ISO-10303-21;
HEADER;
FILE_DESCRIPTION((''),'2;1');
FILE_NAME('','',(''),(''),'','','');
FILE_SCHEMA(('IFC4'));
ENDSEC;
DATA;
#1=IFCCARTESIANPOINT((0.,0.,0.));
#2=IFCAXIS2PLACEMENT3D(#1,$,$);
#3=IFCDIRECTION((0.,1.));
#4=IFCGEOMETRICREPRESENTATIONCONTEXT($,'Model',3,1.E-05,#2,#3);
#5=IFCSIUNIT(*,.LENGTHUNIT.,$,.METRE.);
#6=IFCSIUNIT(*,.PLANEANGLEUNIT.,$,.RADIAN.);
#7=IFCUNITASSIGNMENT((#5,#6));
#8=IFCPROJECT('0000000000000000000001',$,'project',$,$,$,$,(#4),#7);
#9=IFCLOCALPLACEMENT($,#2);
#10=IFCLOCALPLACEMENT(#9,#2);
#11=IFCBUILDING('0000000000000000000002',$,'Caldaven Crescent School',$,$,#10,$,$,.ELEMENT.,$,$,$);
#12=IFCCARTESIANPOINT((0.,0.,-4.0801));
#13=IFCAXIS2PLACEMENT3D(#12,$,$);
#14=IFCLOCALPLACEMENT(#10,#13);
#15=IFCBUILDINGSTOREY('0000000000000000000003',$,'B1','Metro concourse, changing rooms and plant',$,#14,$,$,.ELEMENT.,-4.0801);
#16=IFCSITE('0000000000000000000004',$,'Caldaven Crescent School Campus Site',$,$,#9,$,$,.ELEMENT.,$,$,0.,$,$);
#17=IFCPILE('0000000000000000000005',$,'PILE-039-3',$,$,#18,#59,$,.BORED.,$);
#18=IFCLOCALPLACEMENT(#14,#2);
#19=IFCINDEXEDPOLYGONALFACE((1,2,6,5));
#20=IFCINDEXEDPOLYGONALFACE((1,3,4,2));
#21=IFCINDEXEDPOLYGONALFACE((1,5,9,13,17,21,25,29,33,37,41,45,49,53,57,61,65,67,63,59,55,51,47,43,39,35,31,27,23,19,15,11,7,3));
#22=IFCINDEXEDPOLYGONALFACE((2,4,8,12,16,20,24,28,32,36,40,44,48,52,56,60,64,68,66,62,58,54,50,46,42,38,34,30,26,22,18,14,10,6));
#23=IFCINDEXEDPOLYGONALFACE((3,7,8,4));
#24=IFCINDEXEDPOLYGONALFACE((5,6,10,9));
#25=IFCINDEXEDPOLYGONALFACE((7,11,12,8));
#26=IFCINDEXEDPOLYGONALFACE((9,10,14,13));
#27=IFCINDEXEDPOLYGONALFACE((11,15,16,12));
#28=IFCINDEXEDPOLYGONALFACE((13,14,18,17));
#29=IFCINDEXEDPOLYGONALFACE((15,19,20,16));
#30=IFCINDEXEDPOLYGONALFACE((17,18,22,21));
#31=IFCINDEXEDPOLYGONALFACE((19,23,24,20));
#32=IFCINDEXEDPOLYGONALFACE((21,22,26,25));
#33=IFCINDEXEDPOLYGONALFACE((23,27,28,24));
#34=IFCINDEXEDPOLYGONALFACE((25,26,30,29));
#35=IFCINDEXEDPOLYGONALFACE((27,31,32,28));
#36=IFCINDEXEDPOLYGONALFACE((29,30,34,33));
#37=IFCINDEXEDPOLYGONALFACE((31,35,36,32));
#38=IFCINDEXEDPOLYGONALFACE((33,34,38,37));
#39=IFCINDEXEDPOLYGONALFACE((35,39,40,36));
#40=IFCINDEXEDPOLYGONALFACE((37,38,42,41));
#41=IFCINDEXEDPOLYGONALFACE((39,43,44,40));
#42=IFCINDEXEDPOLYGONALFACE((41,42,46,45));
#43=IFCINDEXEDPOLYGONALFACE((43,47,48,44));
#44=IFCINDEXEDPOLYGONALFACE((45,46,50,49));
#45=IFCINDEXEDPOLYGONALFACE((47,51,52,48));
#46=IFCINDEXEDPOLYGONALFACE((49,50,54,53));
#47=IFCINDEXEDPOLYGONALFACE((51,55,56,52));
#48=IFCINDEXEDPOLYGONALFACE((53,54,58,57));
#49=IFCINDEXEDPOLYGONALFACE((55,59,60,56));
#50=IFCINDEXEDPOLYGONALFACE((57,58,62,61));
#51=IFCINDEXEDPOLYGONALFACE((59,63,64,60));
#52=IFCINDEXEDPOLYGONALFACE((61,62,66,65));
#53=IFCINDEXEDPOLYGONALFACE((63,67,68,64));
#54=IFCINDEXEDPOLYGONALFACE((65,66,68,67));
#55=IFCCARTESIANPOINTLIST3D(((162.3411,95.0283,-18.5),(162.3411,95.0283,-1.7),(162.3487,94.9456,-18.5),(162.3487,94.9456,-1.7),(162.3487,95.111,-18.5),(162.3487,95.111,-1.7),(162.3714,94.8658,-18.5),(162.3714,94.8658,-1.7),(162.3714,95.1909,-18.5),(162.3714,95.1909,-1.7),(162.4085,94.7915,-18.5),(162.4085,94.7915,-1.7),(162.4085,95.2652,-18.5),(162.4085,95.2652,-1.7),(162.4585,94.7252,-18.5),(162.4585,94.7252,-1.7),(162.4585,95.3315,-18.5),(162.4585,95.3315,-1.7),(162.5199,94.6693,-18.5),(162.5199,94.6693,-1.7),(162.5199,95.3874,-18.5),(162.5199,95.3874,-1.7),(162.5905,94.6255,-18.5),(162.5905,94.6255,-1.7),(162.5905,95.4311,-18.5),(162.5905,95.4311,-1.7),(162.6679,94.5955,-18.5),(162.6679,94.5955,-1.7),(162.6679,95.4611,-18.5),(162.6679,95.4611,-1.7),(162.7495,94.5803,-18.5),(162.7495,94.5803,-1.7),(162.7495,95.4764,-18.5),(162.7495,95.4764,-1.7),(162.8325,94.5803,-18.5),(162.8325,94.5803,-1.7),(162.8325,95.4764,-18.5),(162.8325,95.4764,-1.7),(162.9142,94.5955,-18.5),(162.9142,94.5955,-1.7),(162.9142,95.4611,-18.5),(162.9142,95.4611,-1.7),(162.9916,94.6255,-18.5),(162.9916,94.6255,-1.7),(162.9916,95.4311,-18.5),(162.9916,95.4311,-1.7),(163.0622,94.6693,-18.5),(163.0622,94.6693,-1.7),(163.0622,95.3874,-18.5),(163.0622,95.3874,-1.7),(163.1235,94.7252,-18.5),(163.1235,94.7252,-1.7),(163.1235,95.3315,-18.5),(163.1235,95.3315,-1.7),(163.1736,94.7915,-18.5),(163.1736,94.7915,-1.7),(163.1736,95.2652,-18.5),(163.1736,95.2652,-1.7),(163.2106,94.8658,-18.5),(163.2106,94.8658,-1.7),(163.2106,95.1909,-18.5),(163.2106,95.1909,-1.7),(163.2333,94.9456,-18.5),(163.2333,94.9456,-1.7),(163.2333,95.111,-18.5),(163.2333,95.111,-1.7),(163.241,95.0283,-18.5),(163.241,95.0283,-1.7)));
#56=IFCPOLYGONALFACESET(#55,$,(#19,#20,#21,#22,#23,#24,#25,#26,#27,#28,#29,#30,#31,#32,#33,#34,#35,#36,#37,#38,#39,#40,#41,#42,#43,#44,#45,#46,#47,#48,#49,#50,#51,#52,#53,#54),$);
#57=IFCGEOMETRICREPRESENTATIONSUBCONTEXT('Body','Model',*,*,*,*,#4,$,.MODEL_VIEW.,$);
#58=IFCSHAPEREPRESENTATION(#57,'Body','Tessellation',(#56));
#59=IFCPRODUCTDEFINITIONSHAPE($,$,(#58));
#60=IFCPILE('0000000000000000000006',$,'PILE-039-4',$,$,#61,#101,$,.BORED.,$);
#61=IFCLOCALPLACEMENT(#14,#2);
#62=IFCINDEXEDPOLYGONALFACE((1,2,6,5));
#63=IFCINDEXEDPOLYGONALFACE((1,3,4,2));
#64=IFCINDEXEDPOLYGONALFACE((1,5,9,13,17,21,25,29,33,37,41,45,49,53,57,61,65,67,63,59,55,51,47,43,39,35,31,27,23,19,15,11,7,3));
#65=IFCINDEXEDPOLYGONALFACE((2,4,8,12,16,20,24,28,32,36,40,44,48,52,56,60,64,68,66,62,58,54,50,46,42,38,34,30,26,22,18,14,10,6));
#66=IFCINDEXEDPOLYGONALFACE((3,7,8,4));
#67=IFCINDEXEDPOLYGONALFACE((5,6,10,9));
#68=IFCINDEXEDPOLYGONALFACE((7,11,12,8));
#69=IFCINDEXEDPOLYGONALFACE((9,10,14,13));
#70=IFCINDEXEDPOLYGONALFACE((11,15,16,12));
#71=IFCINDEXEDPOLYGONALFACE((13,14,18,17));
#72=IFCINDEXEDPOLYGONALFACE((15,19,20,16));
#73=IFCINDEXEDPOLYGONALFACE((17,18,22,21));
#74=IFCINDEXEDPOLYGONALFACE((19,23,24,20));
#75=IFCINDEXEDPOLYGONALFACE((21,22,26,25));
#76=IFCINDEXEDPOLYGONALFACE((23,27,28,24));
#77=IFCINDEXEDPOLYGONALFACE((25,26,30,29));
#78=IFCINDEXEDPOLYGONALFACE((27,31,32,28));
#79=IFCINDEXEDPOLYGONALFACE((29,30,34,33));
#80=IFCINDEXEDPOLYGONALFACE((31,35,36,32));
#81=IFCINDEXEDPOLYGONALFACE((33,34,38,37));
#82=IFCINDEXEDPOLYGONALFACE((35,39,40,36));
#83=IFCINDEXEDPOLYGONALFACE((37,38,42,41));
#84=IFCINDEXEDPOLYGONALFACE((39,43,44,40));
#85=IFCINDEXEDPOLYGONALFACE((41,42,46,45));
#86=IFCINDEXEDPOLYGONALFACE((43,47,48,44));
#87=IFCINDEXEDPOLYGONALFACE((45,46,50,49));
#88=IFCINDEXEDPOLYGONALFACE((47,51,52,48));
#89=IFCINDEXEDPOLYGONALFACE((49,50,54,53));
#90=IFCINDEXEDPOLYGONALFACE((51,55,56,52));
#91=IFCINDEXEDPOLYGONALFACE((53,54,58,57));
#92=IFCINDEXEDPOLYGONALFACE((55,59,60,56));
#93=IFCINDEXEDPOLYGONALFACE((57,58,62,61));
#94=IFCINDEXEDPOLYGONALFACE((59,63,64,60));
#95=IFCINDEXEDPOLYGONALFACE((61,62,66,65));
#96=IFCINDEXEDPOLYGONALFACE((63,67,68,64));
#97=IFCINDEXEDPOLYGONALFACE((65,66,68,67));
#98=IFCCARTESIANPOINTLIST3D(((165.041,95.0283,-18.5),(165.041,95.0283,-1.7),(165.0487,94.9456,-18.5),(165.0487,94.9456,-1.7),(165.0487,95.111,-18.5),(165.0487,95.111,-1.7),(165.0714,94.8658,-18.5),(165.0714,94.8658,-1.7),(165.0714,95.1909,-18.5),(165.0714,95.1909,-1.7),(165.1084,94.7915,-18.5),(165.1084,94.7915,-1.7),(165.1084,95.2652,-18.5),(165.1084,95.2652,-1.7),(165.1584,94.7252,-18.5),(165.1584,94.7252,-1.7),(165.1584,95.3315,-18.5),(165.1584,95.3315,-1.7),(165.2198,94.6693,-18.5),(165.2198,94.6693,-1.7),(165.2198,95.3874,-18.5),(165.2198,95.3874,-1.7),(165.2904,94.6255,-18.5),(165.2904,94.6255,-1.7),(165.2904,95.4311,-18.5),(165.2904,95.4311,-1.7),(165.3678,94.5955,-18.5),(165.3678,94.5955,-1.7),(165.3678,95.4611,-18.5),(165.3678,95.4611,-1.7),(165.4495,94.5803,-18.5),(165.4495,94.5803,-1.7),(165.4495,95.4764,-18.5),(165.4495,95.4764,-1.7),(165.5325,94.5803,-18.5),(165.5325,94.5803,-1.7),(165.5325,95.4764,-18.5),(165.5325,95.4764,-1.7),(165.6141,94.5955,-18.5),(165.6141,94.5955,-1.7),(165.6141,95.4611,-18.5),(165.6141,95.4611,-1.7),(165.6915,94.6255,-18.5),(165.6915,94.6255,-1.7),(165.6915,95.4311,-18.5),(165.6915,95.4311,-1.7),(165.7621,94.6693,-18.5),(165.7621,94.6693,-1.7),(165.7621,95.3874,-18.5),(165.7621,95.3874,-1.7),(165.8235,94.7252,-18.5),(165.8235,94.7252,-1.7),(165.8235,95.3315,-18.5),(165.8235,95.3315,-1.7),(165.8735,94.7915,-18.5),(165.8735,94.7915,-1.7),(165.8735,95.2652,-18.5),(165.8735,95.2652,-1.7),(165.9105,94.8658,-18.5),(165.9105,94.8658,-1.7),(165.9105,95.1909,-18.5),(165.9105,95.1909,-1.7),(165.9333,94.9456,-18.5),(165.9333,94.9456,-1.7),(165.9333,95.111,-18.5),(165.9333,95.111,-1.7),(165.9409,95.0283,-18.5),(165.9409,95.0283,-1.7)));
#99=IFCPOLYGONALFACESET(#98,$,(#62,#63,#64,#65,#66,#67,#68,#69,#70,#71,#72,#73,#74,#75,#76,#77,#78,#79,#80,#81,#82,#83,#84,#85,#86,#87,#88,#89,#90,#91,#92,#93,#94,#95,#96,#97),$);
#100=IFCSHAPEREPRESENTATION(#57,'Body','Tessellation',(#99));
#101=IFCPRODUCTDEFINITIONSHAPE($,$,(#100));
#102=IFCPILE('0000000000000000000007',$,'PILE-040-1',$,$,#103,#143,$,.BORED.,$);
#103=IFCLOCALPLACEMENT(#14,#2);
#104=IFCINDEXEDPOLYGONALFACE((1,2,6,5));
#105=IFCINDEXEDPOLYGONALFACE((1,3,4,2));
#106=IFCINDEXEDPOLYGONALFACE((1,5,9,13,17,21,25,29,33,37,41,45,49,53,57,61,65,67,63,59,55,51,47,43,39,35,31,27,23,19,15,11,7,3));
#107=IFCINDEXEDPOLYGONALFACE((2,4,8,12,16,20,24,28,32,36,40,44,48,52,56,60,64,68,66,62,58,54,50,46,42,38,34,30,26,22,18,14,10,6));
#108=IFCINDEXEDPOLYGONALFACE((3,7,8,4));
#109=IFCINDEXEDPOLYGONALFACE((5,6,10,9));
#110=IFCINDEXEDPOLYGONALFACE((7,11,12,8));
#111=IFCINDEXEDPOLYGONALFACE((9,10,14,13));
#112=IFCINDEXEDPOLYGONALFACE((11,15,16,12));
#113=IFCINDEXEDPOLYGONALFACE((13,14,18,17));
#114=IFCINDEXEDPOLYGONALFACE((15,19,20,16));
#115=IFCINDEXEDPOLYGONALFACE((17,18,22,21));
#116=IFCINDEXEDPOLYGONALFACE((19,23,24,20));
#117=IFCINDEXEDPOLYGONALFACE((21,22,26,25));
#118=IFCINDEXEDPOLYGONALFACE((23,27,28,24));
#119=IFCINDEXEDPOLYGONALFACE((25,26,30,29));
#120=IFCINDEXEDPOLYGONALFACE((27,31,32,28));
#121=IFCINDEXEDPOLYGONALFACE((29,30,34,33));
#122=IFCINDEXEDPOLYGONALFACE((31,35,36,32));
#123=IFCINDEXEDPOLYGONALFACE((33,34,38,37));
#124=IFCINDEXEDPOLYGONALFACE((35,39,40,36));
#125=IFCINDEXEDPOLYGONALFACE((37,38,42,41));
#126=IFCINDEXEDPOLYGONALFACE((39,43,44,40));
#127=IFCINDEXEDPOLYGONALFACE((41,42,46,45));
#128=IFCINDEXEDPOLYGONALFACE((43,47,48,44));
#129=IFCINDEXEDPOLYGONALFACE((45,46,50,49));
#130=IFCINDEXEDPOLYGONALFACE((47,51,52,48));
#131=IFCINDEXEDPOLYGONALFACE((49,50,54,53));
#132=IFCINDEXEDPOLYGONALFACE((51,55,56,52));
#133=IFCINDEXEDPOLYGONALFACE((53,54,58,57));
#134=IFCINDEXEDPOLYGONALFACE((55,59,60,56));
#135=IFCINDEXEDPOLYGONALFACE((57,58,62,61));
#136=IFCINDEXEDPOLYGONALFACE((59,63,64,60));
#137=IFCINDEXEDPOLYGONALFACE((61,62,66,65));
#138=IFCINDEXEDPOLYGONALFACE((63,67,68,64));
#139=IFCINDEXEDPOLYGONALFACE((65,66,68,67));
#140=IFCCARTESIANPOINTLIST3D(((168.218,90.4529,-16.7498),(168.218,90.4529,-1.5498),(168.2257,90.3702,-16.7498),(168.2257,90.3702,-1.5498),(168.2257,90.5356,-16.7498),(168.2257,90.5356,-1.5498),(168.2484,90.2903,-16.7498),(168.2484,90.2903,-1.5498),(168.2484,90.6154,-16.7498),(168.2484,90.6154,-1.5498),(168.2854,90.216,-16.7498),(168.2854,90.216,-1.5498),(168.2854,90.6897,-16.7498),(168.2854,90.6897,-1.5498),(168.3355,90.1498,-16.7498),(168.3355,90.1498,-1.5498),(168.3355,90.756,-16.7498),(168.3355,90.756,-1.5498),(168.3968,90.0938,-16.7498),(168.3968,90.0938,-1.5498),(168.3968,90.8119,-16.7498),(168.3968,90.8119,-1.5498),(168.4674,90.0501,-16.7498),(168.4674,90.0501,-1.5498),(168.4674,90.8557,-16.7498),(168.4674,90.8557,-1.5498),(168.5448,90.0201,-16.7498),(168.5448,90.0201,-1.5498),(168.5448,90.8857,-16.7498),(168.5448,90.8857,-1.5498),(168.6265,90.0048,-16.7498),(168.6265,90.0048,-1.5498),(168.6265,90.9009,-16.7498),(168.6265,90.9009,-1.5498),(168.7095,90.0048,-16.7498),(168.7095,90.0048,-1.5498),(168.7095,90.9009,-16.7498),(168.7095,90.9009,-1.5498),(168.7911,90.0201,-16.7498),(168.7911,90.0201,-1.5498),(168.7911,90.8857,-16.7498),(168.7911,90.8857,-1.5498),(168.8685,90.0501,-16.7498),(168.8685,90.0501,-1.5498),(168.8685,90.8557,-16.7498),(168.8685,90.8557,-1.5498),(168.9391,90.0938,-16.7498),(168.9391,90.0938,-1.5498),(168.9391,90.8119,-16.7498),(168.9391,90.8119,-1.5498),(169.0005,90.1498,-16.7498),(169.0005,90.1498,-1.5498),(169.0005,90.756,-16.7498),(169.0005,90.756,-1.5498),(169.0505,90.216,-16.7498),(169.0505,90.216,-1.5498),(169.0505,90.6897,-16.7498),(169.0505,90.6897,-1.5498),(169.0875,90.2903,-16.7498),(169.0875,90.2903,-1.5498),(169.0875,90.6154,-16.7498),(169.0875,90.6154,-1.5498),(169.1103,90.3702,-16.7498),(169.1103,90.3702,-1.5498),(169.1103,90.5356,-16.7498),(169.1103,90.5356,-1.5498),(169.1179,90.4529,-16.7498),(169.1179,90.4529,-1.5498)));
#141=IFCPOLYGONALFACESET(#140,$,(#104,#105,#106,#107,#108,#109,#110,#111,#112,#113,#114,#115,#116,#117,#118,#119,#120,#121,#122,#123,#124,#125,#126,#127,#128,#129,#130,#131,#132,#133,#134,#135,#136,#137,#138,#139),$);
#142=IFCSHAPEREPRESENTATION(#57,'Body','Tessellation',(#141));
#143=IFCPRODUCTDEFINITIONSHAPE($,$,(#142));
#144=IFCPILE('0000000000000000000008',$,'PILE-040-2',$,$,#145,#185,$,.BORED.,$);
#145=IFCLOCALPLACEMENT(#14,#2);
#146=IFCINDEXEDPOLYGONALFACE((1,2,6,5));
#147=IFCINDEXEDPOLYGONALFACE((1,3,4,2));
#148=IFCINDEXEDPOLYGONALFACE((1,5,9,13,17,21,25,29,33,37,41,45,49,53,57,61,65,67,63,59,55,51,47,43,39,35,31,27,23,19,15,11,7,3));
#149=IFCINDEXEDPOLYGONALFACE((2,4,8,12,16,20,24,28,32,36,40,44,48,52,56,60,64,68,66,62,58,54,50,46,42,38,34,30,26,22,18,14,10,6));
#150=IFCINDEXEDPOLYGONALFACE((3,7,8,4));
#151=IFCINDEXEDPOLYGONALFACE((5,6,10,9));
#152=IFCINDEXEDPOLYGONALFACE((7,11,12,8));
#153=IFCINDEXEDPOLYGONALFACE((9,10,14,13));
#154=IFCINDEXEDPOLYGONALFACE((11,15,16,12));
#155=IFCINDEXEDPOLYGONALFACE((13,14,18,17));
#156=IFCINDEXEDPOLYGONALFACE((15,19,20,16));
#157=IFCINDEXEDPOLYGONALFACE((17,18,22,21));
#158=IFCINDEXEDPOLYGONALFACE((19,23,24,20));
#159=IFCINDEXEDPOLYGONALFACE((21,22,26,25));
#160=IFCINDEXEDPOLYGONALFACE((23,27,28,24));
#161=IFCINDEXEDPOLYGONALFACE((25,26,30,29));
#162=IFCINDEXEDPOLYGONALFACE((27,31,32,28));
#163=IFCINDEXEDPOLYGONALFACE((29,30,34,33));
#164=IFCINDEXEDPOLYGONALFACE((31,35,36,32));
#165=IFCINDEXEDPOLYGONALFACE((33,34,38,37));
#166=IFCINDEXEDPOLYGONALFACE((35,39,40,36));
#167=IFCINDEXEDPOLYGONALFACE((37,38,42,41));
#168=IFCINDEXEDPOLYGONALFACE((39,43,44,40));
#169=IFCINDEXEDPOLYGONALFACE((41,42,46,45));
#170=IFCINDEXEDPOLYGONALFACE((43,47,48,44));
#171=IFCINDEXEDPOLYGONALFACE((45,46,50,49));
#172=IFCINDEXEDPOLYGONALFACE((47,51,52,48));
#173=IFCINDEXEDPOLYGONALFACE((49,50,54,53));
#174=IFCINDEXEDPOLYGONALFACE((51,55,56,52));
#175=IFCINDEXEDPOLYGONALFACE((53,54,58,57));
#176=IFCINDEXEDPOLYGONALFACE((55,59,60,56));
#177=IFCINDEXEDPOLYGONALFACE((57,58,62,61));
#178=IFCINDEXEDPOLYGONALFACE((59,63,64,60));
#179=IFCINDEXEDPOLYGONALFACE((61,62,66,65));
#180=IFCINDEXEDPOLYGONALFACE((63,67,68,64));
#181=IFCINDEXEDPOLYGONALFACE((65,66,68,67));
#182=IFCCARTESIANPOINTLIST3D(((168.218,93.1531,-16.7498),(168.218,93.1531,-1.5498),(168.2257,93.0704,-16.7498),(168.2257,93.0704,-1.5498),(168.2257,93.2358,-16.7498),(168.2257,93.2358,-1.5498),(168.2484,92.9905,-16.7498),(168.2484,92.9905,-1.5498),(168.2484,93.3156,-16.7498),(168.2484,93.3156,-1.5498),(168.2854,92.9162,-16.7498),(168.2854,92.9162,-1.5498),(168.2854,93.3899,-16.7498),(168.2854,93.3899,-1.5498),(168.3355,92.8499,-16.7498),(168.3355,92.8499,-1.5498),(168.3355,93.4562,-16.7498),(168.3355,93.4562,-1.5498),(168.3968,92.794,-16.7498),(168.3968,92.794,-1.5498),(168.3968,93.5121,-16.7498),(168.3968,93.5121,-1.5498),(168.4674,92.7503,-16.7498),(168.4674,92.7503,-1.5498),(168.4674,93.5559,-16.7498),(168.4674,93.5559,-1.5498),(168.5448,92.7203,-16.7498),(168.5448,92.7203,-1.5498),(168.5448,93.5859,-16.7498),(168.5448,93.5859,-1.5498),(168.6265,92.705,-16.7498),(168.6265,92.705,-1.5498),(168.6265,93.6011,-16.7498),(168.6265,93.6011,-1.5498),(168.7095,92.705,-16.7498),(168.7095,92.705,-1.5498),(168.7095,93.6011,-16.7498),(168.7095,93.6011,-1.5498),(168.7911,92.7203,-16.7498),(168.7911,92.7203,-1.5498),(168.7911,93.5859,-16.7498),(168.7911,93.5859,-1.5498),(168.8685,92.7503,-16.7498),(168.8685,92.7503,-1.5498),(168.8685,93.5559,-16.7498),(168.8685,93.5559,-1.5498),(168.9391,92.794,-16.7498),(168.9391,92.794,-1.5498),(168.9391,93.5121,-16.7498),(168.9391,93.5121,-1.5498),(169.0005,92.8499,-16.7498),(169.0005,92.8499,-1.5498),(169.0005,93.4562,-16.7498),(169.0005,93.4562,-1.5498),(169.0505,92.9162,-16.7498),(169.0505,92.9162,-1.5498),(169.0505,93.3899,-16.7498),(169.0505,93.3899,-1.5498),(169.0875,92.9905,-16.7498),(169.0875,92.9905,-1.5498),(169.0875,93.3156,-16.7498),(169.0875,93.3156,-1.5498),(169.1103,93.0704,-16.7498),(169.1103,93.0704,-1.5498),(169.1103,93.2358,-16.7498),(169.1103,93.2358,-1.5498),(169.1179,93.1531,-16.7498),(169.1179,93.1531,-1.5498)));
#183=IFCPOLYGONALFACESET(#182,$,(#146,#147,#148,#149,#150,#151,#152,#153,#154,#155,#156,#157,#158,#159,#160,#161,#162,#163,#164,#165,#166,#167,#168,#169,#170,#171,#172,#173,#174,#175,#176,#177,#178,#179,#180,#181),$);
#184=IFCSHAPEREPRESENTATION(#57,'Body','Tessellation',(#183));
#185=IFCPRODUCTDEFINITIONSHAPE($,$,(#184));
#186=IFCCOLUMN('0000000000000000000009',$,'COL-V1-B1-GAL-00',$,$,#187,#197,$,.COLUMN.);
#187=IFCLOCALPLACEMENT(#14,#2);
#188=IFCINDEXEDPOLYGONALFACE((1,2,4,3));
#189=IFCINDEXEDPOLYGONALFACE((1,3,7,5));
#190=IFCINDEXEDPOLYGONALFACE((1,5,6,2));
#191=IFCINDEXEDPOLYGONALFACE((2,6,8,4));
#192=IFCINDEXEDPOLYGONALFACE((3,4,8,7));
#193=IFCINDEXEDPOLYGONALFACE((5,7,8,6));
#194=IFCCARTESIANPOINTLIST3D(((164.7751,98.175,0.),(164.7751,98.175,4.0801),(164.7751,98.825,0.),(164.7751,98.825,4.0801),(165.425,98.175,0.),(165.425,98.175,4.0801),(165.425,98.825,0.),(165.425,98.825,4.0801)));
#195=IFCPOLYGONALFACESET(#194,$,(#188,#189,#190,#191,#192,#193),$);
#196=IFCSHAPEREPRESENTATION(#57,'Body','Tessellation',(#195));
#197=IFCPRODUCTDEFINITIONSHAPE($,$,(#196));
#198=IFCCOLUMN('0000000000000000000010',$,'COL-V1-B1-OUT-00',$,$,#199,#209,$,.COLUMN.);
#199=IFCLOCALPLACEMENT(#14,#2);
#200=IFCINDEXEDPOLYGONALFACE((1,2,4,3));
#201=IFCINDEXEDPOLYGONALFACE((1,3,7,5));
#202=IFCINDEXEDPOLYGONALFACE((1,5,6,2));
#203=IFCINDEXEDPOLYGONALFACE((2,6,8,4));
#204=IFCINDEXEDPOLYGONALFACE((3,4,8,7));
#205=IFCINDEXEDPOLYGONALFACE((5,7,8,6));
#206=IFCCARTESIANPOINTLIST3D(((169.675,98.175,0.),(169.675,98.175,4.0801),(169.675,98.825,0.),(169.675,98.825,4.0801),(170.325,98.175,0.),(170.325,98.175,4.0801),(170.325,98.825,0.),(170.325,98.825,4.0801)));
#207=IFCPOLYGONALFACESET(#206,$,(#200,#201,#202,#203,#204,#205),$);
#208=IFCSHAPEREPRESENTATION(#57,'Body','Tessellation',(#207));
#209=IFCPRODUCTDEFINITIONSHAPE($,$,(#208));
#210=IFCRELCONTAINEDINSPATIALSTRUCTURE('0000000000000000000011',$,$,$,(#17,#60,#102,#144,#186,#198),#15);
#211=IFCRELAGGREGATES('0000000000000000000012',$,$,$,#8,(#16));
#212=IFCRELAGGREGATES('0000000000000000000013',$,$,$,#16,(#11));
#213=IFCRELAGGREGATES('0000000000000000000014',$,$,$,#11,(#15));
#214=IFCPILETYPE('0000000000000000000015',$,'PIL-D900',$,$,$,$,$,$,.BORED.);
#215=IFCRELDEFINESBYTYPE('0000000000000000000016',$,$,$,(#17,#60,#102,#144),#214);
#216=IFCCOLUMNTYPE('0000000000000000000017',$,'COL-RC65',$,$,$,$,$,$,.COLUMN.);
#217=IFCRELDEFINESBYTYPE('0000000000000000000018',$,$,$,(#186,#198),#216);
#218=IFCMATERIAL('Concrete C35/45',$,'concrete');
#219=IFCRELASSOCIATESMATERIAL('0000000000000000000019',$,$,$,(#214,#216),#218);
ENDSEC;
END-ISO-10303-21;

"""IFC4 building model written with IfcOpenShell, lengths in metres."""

from ifc_helpers import new_model, si_unit, direction, frame, origin, origin_2d, place, context, subcontext, project, spatial, rectangle, circle, extrude, material, material_profile, profile_set, type_object, element, save


model = new_model("IFC4")

# Units and contexts
model_context = context("Model", 3, precision=1e-05, world=origin(), true_north=direction((0.0, 1.0)))
body_context = subcontext(model_context, "Body", "Model", "MODEL_VIEW")
ifc_project = project(units=[si_unit("LENGTHUNIT", "METRE"), si_unit("PLANEANGLEUNIT", "RADIAN")], contexts=[model_context])

# Site, building, storey
site_placement = place(None, origin())
site = spatial("IfcSite", under=ifc_project, at=site_placement, Name="Caldaven Crescent School Campus Site", CompositionType="ELEMENT", RefElevation=0.0)
building_placement = place(site_placement, origin())
building = spatial("IfcBuilding", under=site, at=building_placement, Name="Caldaven Crescent School", CompositionType="ELEMENT")
storey_placement = place(building_placement, frame((0.0, 0.0, -4.0801)))
storey = spatial("IfcBuildingStorey", under=building, at=storey_placement, Name="B1", Description="Metro concourse, changing rooms and plant", CompositionType="ELEMENT", Elevation=-4.0801)

# Shared definitions
ifc_material_1 = material(Name="Concrete C35/45", Category="concrete")

# Piles
ifc_material_profile_1 = material_profile(ifc_material_1, circle(Radius=0.45, at=origin_2d()), Name="PILE D900")
ifc_profile_set_1 = profile_set([ifc_material_profile_1], Name="Concrete C35/45")
pile_type = type_object("IfcPileType", Name="PIL-D900", PredefinedType="BORED", material=ifc_profile_set_1)
for number, where, z_axis, x_axis, name in (
    (1, (162.791, 95.0283, -1.7), (0.0, 0.0, -1.0), (1.0, 0.0, 0.0), "PILE-039-3"),
    (2, (165.491, 95.0283, -1.7), (0.0, 0.0, -1.0), (1.0, 0.0, 0.0), "PILE-039-4"),
):
    element("IfcPile", number, at=place(storey_placement, frame(where, z_axis=z_axis, x_axis=x_axis)), inside=storey, type_object=pile_type, Name=name, PredefinedType="BORED", context=body_context, shape_type="SweptSolid", body=[
        extrude(circle(Radius=0.45, at=origin_2d()), origin(), (0.0, 0.0, 1.0), 16.8),
    ])
for number, where, z_axis, x_axis, name in (
    (3, (168.668, 90.4529, -1.5498), (0.0, 0.0, -1.0), (1.0, 0.0, 0.0), "PILE-040-1"),
    (4, (168.668, 93.1531, -1.5498), (0.0, 0.0, -1.0), (1.0, 0.0, 0.0), "PILE-040-2"),
):
    element("IfcPile", number, at=place(storey_placement, frame(where, z_axis=z_axis, x_axis=x_axis)), inside=storey, type_object=pile_type, Name=name, PredefinedType="BORED", context=body_context, shape_type="SweptSolid", body=[
        extrude(circle(Radius=0.45, at=origin_2d()), origin(), (0.0, 0.0, 1.0), 15.2),
    ])

# Columns
ifc_material_profile_2 = material_profile(ifc_material_1, rectangle(XDim=0.6499, YDim=0.6499, at=origin_2d()), Name="RC 650x650")
ifc_profile_set_2 = profile_set([ifc_material_profile_2], Name="Concrete C35/45")
column_type_1 = type_object("IfcColumnType", Name="COL-RC65", PredefinedType="COLUMN", material=ifc_profile_set_2)
for number, where, z_axis, x_axis, name in (
    (5, (165.1001, 98.5, 0.0), (0.0, 0.0, 1.0), (1.0, 0.0, 0.0), "COL-V1-B1-GAL-00"),
    (6, (170.0, 98.5, 0.0), (0.0, 0.0, 1.0), (1.0, 0.0, 0.0), "COL-V1-B1-OUT-00"),
):
    element("IfcColumn", number, at=place(storey_placement, frame(where, z_axis=z_axis, x_axis=x_axis)), inside=storey, type_object=column_type_1, Name=name, PredefinedType="COLUMN", context=body_context, shape_type="SweptSolid", body=[
        extrude(rectangle(XDim=0.6499, YDim=0.6499, at=origin_2d()), origin(), (0.0, 0.0, 1.0), 4.0801),
    ])

save(model, "model.ifc")
